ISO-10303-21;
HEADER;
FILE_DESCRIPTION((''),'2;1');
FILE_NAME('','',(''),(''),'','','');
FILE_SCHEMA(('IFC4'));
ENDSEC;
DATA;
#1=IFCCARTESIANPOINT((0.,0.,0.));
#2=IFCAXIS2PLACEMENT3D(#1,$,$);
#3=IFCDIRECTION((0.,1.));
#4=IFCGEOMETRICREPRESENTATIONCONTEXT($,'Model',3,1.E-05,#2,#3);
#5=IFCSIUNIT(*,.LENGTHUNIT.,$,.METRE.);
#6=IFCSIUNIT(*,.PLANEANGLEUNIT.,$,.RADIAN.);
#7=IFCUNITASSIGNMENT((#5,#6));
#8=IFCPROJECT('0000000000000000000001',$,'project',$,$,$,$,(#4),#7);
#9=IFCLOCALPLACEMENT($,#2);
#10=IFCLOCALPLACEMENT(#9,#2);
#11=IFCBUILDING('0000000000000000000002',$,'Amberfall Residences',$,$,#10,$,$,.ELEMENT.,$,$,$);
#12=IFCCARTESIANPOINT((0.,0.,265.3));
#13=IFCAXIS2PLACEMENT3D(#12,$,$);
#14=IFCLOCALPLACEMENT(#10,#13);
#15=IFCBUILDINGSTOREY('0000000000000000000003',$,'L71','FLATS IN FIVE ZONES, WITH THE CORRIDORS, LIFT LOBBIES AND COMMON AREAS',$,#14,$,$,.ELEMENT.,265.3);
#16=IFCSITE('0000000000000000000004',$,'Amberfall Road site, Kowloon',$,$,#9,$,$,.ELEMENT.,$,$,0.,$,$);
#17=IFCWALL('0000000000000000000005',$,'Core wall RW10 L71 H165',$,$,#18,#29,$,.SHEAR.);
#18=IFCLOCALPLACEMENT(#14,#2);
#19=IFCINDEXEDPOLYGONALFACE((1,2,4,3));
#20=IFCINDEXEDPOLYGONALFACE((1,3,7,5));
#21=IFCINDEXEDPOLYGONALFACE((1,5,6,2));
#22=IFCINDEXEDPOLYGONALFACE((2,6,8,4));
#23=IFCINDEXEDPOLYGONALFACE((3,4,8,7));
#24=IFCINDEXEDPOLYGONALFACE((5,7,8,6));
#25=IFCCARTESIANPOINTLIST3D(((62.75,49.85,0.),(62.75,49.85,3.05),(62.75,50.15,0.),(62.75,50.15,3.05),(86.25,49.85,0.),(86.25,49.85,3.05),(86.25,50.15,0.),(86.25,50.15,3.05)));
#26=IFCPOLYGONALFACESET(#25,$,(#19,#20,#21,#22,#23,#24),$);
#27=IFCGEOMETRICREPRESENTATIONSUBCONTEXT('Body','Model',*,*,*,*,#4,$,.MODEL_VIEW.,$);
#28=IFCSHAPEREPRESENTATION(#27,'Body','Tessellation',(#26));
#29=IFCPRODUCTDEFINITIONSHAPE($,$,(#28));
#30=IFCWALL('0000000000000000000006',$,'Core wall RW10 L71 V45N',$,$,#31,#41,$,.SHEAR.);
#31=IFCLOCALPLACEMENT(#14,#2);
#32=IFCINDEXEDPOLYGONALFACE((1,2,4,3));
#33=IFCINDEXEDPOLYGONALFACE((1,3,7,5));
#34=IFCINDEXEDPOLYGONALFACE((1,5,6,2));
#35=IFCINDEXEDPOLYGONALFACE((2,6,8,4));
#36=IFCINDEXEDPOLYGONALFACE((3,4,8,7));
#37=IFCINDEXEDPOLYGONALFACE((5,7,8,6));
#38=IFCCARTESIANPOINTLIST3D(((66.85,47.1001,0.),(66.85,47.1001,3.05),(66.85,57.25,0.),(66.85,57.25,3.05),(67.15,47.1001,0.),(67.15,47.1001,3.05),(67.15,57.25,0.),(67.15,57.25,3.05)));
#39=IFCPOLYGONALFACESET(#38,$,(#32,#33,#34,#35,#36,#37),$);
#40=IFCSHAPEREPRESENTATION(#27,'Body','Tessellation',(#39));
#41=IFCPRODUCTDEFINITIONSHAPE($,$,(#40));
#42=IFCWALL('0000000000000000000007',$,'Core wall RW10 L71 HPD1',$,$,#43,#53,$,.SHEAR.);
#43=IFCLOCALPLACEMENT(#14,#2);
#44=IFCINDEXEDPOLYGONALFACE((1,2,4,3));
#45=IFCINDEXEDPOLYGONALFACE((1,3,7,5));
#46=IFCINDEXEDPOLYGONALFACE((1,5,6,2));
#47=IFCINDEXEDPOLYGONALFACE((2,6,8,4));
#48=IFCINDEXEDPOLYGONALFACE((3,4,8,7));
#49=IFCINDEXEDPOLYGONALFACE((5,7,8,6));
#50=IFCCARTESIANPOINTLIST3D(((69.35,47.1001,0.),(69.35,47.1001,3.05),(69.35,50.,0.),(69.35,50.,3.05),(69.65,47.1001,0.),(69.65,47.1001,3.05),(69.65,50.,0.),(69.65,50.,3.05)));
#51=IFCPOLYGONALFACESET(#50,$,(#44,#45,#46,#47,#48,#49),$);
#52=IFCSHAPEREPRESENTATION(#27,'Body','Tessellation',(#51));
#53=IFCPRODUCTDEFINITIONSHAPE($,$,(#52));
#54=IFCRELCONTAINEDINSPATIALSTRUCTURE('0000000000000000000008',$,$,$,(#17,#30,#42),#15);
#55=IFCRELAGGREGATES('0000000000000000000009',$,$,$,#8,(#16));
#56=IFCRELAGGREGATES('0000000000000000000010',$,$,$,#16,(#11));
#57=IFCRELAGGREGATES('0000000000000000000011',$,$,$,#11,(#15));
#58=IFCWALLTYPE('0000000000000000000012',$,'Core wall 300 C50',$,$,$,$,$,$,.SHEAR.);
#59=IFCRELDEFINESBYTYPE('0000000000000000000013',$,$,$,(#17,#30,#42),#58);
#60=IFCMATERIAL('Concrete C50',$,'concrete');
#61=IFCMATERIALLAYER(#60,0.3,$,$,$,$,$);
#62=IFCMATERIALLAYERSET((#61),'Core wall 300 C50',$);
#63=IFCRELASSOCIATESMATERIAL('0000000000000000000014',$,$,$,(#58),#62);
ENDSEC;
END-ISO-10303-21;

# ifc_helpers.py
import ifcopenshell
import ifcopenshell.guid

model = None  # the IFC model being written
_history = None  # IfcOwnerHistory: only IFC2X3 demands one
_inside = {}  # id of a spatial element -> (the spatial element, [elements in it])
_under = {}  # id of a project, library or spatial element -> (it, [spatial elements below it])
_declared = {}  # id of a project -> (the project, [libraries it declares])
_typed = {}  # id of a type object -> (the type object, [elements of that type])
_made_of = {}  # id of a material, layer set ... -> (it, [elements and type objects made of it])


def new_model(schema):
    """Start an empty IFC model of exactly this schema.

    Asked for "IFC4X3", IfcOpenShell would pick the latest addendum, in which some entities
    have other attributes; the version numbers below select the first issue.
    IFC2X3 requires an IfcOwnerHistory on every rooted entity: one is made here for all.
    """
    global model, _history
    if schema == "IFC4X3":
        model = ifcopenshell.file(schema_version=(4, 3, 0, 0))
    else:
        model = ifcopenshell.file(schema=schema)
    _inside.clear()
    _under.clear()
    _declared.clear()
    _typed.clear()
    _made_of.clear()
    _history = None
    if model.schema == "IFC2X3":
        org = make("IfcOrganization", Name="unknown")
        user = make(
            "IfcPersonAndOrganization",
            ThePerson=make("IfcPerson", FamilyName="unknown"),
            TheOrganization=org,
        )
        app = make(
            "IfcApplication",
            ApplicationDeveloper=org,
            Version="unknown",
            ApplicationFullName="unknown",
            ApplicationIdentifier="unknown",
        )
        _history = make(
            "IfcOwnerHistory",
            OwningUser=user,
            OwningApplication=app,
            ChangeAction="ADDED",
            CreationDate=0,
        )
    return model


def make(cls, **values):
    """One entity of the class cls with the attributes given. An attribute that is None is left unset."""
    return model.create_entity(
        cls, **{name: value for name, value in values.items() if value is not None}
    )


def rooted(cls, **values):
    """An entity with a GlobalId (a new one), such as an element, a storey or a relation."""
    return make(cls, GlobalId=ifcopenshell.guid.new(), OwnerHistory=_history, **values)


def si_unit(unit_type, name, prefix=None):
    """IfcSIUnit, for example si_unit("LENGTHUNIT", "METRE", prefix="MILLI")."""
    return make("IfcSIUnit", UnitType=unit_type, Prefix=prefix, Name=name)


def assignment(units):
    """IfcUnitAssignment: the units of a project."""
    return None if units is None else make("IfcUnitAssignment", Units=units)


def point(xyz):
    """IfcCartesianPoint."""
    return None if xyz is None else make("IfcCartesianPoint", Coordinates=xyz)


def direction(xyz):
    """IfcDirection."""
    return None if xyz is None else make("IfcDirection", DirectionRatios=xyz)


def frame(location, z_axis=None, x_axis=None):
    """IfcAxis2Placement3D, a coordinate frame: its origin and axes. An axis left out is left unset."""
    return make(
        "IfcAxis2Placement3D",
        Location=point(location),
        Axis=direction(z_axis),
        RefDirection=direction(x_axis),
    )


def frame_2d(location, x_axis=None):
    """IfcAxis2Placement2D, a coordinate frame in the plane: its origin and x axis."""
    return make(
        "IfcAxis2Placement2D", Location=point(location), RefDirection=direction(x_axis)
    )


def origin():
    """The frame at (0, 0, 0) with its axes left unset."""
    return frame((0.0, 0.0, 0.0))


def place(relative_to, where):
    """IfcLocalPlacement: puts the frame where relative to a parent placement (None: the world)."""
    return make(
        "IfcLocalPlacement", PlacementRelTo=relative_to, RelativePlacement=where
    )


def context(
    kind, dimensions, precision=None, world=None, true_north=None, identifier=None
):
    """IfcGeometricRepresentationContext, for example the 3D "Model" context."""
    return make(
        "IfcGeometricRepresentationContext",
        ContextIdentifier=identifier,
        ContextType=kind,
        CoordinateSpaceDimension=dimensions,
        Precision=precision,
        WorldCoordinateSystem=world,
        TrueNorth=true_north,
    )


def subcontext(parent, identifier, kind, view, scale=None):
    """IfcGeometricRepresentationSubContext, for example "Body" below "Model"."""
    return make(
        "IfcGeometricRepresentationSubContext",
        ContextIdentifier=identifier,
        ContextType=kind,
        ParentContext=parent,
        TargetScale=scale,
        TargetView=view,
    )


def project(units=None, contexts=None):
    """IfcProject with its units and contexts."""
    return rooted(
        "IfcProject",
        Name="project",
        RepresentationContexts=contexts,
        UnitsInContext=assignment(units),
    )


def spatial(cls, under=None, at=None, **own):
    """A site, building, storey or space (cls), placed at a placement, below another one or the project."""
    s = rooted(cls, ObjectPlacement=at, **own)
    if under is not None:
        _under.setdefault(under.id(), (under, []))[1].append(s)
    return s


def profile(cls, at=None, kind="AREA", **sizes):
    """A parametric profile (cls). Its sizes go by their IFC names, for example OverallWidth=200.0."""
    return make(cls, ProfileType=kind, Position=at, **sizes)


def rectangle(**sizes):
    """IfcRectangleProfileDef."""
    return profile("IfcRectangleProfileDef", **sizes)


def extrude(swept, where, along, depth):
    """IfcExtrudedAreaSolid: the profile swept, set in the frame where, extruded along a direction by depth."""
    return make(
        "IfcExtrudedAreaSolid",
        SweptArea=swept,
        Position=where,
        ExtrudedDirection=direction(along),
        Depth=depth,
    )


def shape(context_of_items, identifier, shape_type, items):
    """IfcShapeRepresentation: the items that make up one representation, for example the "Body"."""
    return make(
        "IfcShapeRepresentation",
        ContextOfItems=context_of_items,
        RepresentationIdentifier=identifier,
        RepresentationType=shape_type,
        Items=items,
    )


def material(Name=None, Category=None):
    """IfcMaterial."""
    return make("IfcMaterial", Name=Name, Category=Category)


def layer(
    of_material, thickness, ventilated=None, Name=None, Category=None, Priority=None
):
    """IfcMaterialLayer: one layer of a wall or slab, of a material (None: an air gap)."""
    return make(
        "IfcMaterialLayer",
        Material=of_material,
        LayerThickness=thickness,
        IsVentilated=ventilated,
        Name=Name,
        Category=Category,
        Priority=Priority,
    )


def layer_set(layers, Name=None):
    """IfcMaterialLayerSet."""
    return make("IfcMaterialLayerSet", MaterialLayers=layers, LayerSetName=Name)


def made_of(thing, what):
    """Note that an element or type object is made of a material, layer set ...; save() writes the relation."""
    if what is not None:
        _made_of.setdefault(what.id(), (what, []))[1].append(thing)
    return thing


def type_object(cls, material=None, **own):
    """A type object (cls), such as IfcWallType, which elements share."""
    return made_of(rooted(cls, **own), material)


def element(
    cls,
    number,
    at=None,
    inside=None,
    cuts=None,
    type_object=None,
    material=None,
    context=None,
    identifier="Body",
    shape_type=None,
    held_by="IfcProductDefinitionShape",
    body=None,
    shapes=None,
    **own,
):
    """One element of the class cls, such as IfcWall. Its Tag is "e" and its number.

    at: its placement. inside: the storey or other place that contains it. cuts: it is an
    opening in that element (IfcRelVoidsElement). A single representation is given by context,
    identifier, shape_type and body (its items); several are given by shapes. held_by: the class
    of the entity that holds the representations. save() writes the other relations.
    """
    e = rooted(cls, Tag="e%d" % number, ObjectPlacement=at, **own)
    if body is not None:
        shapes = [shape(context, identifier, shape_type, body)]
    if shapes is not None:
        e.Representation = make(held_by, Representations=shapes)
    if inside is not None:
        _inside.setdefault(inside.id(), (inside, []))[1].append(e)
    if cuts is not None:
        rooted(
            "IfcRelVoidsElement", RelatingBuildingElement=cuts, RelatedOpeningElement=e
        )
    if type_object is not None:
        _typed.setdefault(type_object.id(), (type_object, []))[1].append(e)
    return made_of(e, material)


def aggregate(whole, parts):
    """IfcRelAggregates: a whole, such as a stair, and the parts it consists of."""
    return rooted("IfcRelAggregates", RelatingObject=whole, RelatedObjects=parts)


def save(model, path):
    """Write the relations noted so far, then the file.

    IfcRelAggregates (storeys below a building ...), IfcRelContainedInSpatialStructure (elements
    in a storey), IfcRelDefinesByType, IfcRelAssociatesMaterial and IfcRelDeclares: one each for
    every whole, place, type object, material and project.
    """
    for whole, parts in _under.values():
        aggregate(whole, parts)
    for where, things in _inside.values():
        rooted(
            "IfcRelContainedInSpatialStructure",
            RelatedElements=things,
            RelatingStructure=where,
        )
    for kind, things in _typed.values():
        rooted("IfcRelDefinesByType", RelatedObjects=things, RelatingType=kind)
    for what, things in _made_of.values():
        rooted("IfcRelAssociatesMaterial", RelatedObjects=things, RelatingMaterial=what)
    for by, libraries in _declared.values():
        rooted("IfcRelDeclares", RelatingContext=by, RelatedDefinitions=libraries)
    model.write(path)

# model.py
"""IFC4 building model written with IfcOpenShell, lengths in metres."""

from ifc_helpers import new_model, si_unit, direction, frame, frame_2d, origin, place, context, subcontext, project, spatial, rectangle, extrude, material, layer, layer_set, type_object, element, save


model = new_model("IFC4")

# Units and contexts
model_context = context("Model", 3, precision=1e-05, world=origin(), true_north=direction((0.0, 1.0)))
body_context = subcontext(model_context, "Body", "Model", "MODEL_VIEW")
ifc_project = project(units=[si_unit("LENGTHUNIT", "METRE"), si_unit("PLANEANGLEUNIT", "RADIAN")], contexts=[model_context])

# Site, building, storey
site_placement = place(None, origin())
site = spatial("IfcSite", under=ifc_project, at=site_placement, Name="Amberfall Road site, Kowloon", CompositionType="ELEMENT", RefElevation=0.0)
building_placement = place(site_placement, origin())
building = spatial("IfcBuilding", under=site, at=building_placement, Name="Amberfall Residences", CompositionType="ELEMENT")
storey_placement = place(building_placement, frame((0.0, 0.0, 265.3)))
storey = spatial("IfcBuildingStorey", under=building, at=storey_placement, Name="L71", Description="FLATS IN FIVE ZONES, WITH THE CORRIDORS, LIFT LOBBIES AND COMMON AREAS", CompositionType="ELEMENT", Elevation=265.3)

# Shared definitions
ifc_material_1 = material(Name="Concrete C50", Category="concrete")
ifc_layer = layer(ifc_material_1, 0.3)
ifc_layer_set = layer_set([ifc_layer], Name="Core wall 300 C50")
wall_type = type_object("IfcWallType", Name="Core wall 300 C50", PredefinedType="SHEAR", material=ifc_layer_set)

# Walls
wall_1_placement = place(storey_placement, frame((62.75, 50.0, 0.0), z_axis=(0.0, 0.0, 1.0), x_axis=(1.0, 0.0, 0.0)))
element("IfcWall", 1, at=wall_1_placement, inside=storey, type_object=wall_type, Name="Core wall RW10 L71 H165", PredefinedType="SHEAR", context=body_context, shape_type="SweptSolid", body=[
    extrude(rectangle(XDim=23.5, YDim=0.3, at=frame_2d((11.75, 0.0))), origin(), (0.0, 0.0, 1.0), 3.05),
])
wall_2_placement = place(storey_placement, frame((67.0, 47.1001, 0.0), z_axis=(0.0, 0.0, 1.0), x_axis=(0.0, 1.0, 0.0)))
element("IfcWall", 2, at=wall_2_placement, inside=storey, type_object=wall_type, Name="Core wall RW10 L71 V45N", PredefinedType="SHEAR", context=body_context, shape_type="SweptSolid", body=[
    extrude(rectangle(XDim=10.1499, YDim=0.3, at=frame_2d((5.075, 0.0))), origin(), (0.0, 0.0, 1.0), 3.05),
])
wall_3_placement = place(storey_placement, frame((69.5, 47.1001, 0.0), z_axis=(0.0, 0.0, 1.0), x_axis=(0.0, 1.0, 0.0)))
element("IfcWall", 3, at=wall_3_placement, inside=storey, type_object=wall_type, Name="Core wall RW10 L71 HPD1", PredefinedType="SHEAR", context=body_context, shape_type="SweptSolid", body=[
    extrude(rectangle(XDim=2.8999, YDim=0.3, at=frame_2d((1.45, 0.0))), origin(), (0.0, 0.0, 1.0), 3.05),
])

save(model, "model.ifc")
